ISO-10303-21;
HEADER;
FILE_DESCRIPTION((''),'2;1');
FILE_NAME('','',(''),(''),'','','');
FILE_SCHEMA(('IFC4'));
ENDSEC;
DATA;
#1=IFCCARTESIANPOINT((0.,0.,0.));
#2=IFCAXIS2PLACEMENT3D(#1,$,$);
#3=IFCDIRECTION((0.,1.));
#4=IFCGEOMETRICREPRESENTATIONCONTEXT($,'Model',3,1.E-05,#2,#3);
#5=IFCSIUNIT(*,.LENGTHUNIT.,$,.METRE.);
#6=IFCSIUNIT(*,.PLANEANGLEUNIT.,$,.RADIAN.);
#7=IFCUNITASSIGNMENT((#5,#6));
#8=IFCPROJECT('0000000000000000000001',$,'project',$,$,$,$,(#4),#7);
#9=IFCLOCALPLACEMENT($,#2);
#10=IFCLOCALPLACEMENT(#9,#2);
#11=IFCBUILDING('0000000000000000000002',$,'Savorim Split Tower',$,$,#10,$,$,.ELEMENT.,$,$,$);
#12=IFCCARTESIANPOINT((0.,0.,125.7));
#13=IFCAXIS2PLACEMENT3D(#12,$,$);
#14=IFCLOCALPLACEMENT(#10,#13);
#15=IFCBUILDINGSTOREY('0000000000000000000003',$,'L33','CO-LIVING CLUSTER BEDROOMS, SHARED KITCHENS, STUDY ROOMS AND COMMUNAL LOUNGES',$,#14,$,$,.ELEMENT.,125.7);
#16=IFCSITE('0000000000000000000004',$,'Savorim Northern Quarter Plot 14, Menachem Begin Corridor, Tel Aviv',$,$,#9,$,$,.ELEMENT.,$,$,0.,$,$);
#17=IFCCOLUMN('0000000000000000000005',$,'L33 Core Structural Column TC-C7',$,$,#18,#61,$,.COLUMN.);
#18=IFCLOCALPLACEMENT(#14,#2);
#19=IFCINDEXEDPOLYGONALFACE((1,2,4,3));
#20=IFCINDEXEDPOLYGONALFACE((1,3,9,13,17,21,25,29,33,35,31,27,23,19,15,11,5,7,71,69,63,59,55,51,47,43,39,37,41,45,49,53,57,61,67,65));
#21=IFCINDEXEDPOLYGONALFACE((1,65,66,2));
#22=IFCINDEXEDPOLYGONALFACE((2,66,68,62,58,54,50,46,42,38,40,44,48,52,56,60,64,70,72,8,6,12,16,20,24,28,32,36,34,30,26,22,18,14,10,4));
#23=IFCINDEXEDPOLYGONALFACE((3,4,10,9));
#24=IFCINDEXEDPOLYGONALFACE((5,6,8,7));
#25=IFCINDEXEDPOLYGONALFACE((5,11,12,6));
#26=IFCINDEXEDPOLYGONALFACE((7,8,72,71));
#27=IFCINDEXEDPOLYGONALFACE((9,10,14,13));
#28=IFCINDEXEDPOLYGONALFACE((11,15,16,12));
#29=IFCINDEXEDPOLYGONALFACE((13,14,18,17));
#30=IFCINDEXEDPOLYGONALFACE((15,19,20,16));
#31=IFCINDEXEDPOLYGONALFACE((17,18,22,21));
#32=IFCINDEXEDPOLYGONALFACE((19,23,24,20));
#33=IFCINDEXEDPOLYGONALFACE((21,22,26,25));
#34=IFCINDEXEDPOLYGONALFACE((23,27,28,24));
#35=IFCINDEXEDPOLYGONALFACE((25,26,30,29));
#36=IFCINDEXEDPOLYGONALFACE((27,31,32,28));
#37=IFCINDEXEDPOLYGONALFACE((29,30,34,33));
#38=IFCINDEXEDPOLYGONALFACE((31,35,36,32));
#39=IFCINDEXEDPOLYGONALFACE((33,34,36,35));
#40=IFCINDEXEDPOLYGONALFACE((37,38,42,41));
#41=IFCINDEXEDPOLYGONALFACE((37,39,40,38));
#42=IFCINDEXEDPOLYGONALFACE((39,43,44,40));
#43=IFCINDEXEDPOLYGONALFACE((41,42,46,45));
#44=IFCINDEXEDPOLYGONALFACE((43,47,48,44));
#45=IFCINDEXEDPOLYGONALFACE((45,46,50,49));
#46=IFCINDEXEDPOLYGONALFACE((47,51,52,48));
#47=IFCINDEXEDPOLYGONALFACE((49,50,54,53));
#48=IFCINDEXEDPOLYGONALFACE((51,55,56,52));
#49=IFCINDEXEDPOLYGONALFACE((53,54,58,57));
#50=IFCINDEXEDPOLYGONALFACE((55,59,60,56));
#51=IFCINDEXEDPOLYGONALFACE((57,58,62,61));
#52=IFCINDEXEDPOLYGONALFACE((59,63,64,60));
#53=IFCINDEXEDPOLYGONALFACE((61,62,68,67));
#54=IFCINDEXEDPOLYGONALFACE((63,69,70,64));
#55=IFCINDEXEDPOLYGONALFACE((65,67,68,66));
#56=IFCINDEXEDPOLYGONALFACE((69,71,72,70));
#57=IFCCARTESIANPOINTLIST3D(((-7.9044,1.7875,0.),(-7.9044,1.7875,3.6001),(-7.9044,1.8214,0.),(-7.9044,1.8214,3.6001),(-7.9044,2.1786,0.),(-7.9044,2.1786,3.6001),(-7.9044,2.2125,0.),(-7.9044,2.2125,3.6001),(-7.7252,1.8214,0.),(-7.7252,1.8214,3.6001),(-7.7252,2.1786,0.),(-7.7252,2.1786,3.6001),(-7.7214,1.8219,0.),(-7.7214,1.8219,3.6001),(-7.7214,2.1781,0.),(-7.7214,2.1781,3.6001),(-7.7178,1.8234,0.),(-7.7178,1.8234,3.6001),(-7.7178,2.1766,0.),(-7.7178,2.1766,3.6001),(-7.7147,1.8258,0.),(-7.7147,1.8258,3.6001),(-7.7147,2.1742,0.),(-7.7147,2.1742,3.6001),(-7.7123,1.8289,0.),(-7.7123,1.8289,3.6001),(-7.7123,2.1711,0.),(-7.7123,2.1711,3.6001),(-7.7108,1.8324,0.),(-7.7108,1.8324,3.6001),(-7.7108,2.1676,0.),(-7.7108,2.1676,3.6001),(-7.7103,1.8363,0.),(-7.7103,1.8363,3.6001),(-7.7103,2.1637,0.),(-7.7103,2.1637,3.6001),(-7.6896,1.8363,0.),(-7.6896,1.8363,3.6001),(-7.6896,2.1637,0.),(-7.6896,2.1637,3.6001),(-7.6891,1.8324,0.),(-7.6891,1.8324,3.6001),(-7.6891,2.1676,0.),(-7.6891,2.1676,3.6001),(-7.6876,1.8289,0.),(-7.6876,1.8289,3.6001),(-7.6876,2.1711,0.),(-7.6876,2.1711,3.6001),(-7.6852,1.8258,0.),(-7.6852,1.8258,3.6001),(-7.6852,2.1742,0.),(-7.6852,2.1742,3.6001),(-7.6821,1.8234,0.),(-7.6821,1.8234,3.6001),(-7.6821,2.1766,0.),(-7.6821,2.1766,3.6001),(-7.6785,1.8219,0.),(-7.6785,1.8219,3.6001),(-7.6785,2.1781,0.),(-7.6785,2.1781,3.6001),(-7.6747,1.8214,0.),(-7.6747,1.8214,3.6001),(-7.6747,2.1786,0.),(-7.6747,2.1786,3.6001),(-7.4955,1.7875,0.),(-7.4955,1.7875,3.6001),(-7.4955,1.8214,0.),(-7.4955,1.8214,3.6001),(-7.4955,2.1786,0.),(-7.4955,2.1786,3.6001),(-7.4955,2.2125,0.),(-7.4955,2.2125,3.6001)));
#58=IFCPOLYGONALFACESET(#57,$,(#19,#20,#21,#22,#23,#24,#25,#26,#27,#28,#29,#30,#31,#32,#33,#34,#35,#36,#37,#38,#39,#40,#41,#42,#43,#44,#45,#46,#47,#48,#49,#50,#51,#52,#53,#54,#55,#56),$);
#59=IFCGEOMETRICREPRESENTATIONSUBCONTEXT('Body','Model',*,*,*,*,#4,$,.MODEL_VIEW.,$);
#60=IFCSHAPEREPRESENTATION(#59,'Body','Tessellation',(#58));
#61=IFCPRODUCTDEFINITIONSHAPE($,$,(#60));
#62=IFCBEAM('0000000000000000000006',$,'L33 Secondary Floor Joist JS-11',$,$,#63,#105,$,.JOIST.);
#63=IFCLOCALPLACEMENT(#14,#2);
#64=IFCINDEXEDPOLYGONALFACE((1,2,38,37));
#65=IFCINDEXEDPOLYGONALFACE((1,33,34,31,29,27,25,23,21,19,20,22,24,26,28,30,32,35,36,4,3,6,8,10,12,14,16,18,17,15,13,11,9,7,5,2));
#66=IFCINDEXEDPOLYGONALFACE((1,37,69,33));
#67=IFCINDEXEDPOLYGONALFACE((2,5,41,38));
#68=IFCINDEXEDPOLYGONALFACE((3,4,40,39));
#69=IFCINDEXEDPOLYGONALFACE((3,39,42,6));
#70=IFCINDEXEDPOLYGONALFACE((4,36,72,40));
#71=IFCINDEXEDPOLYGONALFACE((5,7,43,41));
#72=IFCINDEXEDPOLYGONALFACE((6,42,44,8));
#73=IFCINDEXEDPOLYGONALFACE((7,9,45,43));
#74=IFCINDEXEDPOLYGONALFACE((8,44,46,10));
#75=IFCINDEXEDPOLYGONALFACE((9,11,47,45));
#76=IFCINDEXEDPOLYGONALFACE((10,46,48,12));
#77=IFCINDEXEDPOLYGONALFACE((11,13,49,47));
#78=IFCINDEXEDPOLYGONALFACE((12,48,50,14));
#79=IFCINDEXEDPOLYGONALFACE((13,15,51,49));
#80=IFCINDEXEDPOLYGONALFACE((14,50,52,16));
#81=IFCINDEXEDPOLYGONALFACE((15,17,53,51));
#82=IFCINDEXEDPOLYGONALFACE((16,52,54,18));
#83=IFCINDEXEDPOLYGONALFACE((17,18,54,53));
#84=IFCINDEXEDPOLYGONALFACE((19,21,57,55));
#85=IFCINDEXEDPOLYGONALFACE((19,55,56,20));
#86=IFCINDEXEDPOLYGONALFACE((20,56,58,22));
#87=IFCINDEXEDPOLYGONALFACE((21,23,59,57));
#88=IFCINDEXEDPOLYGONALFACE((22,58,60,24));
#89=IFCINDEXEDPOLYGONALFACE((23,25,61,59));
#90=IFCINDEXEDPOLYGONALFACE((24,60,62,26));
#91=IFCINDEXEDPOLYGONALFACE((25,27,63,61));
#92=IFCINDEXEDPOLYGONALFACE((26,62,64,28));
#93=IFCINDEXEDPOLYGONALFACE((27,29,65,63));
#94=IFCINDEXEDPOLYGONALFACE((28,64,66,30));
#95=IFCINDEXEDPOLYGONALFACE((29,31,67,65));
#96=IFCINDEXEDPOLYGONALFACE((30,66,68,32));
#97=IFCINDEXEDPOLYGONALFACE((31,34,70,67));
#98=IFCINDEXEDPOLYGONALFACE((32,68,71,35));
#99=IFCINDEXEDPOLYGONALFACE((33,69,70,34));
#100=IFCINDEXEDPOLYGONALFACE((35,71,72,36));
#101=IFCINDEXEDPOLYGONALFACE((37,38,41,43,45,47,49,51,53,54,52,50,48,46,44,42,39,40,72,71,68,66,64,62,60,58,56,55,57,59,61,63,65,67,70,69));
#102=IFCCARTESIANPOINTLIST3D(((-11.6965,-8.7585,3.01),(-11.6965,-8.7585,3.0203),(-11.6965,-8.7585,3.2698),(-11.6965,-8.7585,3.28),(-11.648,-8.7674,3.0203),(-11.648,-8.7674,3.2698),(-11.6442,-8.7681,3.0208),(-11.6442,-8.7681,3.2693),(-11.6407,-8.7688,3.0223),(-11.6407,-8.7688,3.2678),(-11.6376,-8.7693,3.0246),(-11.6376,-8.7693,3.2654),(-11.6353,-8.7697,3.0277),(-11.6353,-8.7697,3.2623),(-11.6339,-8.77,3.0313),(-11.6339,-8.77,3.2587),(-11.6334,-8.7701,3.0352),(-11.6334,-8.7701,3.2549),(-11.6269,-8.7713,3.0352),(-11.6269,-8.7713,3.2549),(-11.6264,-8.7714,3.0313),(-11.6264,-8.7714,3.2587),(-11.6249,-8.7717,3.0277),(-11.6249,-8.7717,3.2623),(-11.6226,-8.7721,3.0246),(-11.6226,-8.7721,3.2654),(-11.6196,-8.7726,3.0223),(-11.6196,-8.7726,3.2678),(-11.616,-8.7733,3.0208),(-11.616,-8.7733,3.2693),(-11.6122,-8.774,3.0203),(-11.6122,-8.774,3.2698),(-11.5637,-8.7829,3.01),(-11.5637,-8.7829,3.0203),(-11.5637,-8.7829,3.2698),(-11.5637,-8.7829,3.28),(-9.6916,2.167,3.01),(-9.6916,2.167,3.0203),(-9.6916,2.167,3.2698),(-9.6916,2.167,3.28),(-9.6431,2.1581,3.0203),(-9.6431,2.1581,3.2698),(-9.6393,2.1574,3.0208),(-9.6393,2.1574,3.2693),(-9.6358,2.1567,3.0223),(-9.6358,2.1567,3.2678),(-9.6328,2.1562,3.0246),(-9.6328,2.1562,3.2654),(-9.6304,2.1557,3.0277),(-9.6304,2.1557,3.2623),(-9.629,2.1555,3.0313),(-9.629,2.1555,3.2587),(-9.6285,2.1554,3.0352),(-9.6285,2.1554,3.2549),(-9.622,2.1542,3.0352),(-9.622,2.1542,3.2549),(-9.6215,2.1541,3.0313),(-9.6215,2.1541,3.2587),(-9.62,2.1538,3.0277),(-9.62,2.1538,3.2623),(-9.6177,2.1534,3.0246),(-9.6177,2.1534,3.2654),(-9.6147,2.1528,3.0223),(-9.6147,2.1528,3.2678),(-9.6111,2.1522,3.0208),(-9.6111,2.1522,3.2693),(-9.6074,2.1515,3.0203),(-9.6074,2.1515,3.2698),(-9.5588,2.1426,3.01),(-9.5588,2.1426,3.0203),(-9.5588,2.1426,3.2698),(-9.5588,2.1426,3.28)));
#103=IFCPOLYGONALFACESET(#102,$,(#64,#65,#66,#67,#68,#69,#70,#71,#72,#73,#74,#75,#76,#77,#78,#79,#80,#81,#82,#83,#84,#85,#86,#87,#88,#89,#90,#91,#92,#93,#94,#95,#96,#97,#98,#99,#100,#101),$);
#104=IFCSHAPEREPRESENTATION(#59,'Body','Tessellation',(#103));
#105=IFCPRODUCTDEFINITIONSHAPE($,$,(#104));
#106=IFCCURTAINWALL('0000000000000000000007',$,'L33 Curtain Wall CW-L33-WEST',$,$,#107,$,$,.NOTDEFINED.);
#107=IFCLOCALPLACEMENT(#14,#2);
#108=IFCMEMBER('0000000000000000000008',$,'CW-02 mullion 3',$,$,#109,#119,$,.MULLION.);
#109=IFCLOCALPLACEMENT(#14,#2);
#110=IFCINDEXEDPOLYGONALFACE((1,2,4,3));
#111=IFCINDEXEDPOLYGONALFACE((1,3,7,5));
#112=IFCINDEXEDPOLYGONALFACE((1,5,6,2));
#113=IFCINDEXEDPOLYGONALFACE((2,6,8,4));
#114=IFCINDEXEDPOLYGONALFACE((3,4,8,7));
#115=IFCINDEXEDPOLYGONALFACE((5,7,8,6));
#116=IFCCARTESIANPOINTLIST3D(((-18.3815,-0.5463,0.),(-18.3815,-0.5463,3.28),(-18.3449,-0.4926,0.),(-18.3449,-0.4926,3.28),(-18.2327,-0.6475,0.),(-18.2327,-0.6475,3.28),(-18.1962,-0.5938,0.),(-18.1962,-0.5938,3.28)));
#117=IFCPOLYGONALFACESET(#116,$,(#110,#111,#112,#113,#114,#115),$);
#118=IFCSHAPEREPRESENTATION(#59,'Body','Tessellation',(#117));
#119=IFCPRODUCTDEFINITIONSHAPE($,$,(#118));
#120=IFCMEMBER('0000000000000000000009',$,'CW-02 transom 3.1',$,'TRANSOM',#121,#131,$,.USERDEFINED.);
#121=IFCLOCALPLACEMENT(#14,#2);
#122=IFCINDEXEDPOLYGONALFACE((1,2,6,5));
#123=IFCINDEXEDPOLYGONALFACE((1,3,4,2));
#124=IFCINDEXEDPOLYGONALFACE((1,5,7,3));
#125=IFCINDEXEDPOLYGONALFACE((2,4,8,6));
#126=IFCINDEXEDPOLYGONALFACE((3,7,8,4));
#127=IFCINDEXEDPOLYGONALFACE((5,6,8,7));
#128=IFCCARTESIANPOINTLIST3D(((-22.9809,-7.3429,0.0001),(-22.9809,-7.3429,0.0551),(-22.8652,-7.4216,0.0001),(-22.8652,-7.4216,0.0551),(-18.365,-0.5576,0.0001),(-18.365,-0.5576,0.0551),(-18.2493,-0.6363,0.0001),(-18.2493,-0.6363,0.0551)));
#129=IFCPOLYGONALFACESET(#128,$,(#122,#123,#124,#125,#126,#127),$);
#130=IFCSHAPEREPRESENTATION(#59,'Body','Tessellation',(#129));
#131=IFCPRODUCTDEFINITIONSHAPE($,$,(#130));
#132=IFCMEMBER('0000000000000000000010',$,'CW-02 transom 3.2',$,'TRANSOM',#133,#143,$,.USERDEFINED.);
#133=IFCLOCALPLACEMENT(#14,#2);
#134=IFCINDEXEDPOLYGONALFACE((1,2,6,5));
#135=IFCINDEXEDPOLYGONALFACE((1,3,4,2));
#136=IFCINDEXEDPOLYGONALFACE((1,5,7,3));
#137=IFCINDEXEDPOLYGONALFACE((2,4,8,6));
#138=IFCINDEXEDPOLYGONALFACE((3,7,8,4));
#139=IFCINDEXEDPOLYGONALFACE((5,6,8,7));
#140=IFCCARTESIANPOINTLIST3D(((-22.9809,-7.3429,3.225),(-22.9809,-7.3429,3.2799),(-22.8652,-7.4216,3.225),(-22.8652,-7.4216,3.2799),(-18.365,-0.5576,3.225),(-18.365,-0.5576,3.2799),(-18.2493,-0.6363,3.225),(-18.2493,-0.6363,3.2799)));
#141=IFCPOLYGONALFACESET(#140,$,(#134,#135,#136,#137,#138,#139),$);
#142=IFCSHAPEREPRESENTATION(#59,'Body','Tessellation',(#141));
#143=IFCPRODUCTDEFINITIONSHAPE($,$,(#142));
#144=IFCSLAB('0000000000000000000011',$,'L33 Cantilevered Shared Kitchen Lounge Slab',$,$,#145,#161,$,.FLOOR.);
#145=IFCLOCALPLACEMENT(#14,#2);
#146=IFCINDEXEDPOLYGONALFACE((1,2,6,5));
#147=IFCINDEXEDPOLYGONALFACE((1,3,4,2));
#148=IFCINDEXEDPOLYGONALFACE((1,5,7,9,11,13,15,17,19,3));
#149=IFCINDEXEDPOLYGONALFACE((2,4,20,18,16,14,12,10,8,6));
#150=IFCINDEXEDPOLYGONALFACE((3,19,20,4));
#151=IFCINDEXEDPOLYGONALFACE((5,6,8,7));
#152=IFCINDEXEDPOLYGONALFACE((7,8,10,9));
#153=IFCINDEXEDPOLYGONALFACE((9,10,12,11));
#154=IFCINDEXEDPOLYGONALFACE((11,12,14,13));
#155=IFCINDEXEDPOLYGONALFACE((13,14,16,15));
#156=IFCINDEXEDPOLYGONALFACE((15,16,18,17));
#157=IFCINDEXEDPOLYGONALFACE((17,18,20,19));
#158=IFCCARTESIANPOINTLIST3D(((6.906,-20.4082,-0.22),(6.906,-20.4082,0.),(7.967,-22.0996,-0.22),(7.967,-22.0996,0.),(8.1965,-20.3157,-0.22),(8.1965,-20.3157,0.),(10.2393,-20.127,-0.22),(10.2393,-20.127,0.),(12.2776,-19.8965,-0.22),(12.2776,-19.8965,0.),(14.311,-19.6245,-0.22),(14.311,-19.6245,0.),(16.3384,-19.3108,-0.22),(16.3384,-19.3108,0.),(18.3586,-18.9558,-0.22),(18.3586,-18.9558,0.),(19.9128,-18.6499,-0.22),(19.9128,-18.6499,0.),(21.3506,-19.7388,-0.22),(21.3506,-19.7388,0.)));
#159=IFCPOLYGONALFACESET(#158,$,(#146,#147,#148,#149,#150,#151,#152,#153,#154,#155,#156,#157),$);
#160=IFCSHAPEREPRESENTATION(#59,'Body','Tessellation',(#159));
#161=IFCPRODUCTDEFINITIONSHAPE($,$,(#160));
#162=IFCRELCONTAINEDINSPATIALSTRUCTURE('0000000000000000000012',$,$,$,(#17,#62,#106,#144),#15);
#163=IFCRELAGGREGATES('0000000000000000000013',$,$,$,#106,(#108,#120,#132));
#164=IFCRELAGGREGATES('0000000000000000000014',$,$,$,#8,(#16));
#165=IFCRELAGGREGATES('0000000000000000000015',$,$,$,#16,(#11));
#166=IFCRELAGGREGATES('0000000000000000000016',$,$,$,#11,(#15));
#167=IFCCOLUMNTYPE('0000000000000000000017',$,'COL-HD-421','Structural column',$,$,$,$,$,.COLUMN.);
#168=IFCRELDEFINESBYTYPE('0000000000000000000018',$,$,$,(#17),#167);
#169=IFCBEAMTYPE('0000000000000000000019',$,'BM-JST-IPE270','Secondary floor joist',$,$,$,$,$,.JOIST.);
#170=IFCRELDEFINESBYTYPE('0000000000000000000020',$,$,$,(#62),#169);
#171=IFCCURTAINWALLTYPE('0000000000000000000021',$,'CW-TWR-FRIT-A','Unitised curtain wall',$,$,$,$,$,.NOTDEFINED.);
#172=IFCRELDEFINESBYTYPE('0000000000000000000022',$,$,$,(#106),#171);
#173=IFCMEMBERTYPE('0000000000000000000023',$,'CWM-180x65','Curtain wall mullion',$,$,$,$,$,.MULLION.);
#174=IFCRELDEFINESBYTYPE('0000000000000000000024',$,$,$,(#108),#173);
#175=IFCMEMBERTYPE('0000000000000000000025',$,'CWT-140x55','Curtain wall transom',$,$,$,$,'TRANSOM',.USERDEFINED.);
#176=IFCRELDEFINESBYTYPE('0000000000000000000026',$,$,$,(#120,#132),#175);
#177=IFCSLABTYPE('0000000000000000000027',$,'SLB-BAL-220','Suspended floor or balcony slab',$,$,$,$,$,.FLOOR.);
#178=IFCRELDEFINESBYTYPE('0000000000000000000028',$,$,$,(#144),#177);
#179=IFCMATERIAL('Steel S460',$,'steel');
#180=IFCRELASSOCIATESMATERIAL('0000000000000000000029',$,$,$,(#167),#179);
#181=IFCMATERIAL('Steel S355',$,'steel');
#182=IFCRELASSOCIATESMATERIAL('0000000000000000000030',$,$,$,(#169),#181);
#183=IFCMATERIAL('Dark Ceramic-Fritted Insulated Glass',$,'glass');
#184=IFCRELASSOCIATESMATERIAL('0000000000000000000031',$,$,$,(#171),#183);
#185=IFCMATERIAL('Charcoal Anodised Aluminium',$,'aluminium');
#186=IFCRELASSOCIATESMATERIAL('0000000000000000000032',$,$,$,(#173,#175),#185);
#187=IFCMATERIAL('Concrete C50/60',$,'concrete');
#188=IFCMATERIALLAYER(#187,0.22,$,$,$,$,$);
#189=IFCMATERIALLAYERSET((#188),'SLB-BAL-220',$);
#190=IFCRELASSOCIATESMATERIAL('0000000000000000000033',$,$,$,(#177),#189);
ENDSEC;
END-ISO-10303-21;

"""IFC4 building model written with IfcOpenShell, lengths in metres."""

from ifc_helpers import new_model, si_unit, direction, frame, origin, origin_2d, place, context, subcontext, project, spatial, polyline, rectangle, i_section, outline, extrude, material, layer, layer_set, material_profile, profile_set, type_object, element, aggregate, save


model = new_model("IFC4")

# Units and contexts
model_context = context("Model", 3, precision=1e-05, world=origin(), true_north=direction((0.0, 1.0)))
body_context = subcontext(model_context, "Body", "Model", "MODEL_VIEW")
ifc_project = project(units=[si_unit("LENGTHUNIT", "METRE"), si_unit("PLANEANGLEUNIT", "RADIAN")], contexts=[model_context])

# Site, building, storey
site_placement = place(None, origin())
site = spatial("IfcSite", under=ifc_project, at=site_placement, Name="Savorim Northern Quarter Plot 14, Menachem Begin Corridor, Tel Aviv", CompositionType="ELEMENT", RefElevation=0.0)
building_placement = place(site_placement, origin())
building = spatial("IfcBuilding", under=site, at=building_placement, Name="Savorim Split Tower", CompositionType="ELEMENT")
storey_placement = place(building_placement, frame((0.0, 0.0, 125.7)))
storey = spatial("IfcBuildingStorey", under=building, at=storey_placement, Name="L33", Description="CO-LIVING CLUSTER BEDROOMS, SHARED KITCHENS, STUDY ROOMS AND COMMUNAL LOUNGES", CompositionType="ELEMENT", Elevation=125.7)

# Column
ifc_material_1 = material(Name="Steel S460", Category="steel")
ifc_material_profile_1 = material_profile(ifc_material_1, i_section(OverallWidth=0.4089, OverallDepth=0.425, WebThickness=0.0208, FlangeThickness=0.0339, FilletRadius=0.0149, at=origin_2d()), Name="HD 400x421")
ifc_profile_set_1 = profile_set([ifc_material_profile_1], Name="Steel S460")
column_type = type_object("IfcColumnType", Name="COL-HD-421", Description="Structural column", PredefinedType="COLUMN", material=ifc_profile_set_1)
column_placement = place(storey_placement, frame((-7.7, 2.0, 0.0), z_axis=(0.0, 0.0, 1.0), x_axis=(1.0, 0.0, 0.0)))
element("IfcColumn", 1, at=column_placement, inside=storey, type_object=column_type, Name="L33 Core Structural Column TC-C7", PredefinedType="COLUMN", context=body_context, shape_type="SweptSolid", body=[
    extrude(i_section(OverallWidth=0.4089, OverallDepth=0.425, WebThickness=0.0208, FlangeThickness=0.0339, FilletRadius=0.0149, at=origin_2d()), origin(), (0.0, 0.0, 1.0), 3.6001),
])

# Beam
ifc_material_2 = material(Name="Steel S355", Category="steel")
ifc_material_profile_2 = material_profile(ifc_material_2, i_section(OverallWidth=0.135, OverallDepth=0.27, WebThickness=0.0066, FlangeThickness=0.0103, FilletRadius=0.0149, at=origin_2d()), Name="IPE 270")
ifc_profile_set_2 = profile_set([ifc_material_profile_2], Name="Steel S355")
beam_type = type_object("IfcBeamType", Name="BM-JST-IPE270", Description="Secondary floor joist", PredefinedType="JOIST", material=ifc_profile_set_2)
beam_placement = place(storey_placement, frame((-9.6252, 2.1548, 3.145), z_axis=(-0.180491, -0.983577, 0.0), x_axis=(0.983577, -0.180491, 0.0)))
element("IfcBeam", 2, at=beam_placement, inside=storey, type_object=beam_type, Name="L33 Secondary Floor Joist JS-11", PredefinedType="JOIST", context=body_context, shape_type="SweptSolid", body=[
    extrude(i_section(OverallWidth=0.135, OverallDepth=0.27, WebThickness=0.0066, FlangeThickness=0.0103, FilletRadius=0.0149, at=origin_2d()), origin(), (0.0, 0.0, 1.0), 11.1079),
])

# Curtain wall, members
ifc_material_3 = material(Name="Dark Ceramic-Fritted Insulated Glass", Category="glass")
curtain_wall_type = type_object("IfcCurtainWallType", Name="CW-TWR-FRIT-A", Description="Unitised curtain wall", PredefinedType="NOTDEFINED", material=ifc_material_3)
curtain_wall_placement = place(storey_placement, origin())
curtain_wall = element("IfcCurtainWall", 3, at=curtain_wall_placement, inside=storey, type_object=curtain_wall_type, Name="L33 Curtain Wall CW-L33-WEST", PredefinedType="NOTDEFINED")
ifc_material_4 = material(Name="Charcoal Anodised Aluminium", Category="aluminium")
ifc_material_profile_3 = material_profile(ifc_material_4, rectangle(XDim=0.1799, YDim=0.0649, at=origin_2d()), Name="ALU-M 180x65")
ifc_profile_set_3 = profile_set([ifc_material_profile_3], Name="Charcoal Anodised Aluminium")
member_type_1 = type_object("IfcMemberType", Name="CWM-180x65", Description="Curtain wall mullion", PredefinedType="MULLION", material=ifc_profile_set_3)
member_1_placement = place(storey_placement, frame((-18.2888, -0.5701, 0.0), z_axis=(0.0, 0.0, 1.0), x_axis=(0.82682, -0.562467, 0.0)))
member_1 = element("IfcMember", 4, at=member_1_placement, type_object=member_type_1, Name="CW-02 mullion 3", PredefinedType="MULLION", context=body_context, shape_type="SweptSolid", body=[
    extrude(rectangle(XDim=0.1799, YDim=0.0649, at=origin_2d()), origin(), (0.0, 0.0, 1.0), 3.28),
])
ifc_material_profile_4 = material_profile(ifc_material_4, rectangle(XDim=0.1399, YDim=0.0549, at=origin_2d()), Name="ALU-T 140x55")
ifc_profile_set_4 = profile_set([ifc_material_profile_4], Name="Charcoal Anodised Aluminium")
member_type_2 = type_object("IfcMemberType", Name="CWT-140x55", Description="Curtain wall transom", ElementType="TRANSOM", PredefinedType="USERDEFINED", material=ifc_profile_set_4)
member_2_placement = place(storey_placement, frame((-18.3071, -0.5969, 0.0276), z_axis=(-0.562468, -0.826819, 0.0), x_axis=(0.826819, -0.562468, 0.0)))
member_2 = element("IfcMember", 5, at=member_2_placement, type_object=member_type_2, Name="CW-02 transom 3.1", ObjectType="TRANSOM", PredefinedType="USERDEFINED", context=body_context, shape_type="SweptSolid", body=[
    extrude(rectangle(XDim=0.1399, YDim=0.0549, at=origin_2d()), origin(), (0.0, 0.0, 1.0), 8.2065),
])
member_3_placement = place(storey_placement, frame((-18.3071, -0.5969, 3.2524), z_axis=(-0.562468, -0.826819, 0.0), x_axis=(0.826819, -0.562468, 0.0)))
member_3 = element("IfcMember", 6, at=member_3_placement, type_object=member_type_2, Name="CW-02 transom 3.2", ObjectType="TRANSOM", PredefinedType="USERDEFINED", context=body_context, shape_type="SweptSolid", body=[
    extrude(rectangle(XDim=0.1399, YDim=0.0549, at=origin_2d()), origin(), (0.0, 0.0, 1.0), 8.2065),
])
aggregate(curtain_wall, [member_1, member_2, member_3])

# Slab
ifc_material_5 = material(Name="Concrete C50/60", Category="concrete")
ifc_layer_1 = layer(ifc_material_5, 0.22)
ifc_layer_set_1 = layer_set([ifc_layer_1], Name="SLB-BAL-220")
slab_type_1 = type_object("IfcSlabType", Name="SLB-BAL-220", Description="Suspended floor or balcony slab", PredefinedType="FLOOR", material=ifc_layer_set_1)
slab_1_placement = place(storey_placement, frame((0.0, 0.0, -0.22)))
element("IfcSlab", 7, at=slab_1_placement, inside=storey, type_object=slab_type_1, Name="L33 Cantilevered Shared Kitchen Lounge Slab", PredefinedType="FLOOR", context=body_context, shape_type="SweptSolid", body=[
    extrude(outline(polyline([(19.9128, -18.6499), (18.3586, -18.9558), (16.3384, -19.3108), (14.311, -19.6245), (12.2776, -19.8965), (10.2393, -20.127), (8.1965, -20.3157), (6.906, -20.4082), (7.967, -22.0996), (21.3506, -19.7388), (19.9128, -18.6499)])), origin(), (0.0, 0.0, 1.0), 0.22),
])

save(model, "model.ifc")
